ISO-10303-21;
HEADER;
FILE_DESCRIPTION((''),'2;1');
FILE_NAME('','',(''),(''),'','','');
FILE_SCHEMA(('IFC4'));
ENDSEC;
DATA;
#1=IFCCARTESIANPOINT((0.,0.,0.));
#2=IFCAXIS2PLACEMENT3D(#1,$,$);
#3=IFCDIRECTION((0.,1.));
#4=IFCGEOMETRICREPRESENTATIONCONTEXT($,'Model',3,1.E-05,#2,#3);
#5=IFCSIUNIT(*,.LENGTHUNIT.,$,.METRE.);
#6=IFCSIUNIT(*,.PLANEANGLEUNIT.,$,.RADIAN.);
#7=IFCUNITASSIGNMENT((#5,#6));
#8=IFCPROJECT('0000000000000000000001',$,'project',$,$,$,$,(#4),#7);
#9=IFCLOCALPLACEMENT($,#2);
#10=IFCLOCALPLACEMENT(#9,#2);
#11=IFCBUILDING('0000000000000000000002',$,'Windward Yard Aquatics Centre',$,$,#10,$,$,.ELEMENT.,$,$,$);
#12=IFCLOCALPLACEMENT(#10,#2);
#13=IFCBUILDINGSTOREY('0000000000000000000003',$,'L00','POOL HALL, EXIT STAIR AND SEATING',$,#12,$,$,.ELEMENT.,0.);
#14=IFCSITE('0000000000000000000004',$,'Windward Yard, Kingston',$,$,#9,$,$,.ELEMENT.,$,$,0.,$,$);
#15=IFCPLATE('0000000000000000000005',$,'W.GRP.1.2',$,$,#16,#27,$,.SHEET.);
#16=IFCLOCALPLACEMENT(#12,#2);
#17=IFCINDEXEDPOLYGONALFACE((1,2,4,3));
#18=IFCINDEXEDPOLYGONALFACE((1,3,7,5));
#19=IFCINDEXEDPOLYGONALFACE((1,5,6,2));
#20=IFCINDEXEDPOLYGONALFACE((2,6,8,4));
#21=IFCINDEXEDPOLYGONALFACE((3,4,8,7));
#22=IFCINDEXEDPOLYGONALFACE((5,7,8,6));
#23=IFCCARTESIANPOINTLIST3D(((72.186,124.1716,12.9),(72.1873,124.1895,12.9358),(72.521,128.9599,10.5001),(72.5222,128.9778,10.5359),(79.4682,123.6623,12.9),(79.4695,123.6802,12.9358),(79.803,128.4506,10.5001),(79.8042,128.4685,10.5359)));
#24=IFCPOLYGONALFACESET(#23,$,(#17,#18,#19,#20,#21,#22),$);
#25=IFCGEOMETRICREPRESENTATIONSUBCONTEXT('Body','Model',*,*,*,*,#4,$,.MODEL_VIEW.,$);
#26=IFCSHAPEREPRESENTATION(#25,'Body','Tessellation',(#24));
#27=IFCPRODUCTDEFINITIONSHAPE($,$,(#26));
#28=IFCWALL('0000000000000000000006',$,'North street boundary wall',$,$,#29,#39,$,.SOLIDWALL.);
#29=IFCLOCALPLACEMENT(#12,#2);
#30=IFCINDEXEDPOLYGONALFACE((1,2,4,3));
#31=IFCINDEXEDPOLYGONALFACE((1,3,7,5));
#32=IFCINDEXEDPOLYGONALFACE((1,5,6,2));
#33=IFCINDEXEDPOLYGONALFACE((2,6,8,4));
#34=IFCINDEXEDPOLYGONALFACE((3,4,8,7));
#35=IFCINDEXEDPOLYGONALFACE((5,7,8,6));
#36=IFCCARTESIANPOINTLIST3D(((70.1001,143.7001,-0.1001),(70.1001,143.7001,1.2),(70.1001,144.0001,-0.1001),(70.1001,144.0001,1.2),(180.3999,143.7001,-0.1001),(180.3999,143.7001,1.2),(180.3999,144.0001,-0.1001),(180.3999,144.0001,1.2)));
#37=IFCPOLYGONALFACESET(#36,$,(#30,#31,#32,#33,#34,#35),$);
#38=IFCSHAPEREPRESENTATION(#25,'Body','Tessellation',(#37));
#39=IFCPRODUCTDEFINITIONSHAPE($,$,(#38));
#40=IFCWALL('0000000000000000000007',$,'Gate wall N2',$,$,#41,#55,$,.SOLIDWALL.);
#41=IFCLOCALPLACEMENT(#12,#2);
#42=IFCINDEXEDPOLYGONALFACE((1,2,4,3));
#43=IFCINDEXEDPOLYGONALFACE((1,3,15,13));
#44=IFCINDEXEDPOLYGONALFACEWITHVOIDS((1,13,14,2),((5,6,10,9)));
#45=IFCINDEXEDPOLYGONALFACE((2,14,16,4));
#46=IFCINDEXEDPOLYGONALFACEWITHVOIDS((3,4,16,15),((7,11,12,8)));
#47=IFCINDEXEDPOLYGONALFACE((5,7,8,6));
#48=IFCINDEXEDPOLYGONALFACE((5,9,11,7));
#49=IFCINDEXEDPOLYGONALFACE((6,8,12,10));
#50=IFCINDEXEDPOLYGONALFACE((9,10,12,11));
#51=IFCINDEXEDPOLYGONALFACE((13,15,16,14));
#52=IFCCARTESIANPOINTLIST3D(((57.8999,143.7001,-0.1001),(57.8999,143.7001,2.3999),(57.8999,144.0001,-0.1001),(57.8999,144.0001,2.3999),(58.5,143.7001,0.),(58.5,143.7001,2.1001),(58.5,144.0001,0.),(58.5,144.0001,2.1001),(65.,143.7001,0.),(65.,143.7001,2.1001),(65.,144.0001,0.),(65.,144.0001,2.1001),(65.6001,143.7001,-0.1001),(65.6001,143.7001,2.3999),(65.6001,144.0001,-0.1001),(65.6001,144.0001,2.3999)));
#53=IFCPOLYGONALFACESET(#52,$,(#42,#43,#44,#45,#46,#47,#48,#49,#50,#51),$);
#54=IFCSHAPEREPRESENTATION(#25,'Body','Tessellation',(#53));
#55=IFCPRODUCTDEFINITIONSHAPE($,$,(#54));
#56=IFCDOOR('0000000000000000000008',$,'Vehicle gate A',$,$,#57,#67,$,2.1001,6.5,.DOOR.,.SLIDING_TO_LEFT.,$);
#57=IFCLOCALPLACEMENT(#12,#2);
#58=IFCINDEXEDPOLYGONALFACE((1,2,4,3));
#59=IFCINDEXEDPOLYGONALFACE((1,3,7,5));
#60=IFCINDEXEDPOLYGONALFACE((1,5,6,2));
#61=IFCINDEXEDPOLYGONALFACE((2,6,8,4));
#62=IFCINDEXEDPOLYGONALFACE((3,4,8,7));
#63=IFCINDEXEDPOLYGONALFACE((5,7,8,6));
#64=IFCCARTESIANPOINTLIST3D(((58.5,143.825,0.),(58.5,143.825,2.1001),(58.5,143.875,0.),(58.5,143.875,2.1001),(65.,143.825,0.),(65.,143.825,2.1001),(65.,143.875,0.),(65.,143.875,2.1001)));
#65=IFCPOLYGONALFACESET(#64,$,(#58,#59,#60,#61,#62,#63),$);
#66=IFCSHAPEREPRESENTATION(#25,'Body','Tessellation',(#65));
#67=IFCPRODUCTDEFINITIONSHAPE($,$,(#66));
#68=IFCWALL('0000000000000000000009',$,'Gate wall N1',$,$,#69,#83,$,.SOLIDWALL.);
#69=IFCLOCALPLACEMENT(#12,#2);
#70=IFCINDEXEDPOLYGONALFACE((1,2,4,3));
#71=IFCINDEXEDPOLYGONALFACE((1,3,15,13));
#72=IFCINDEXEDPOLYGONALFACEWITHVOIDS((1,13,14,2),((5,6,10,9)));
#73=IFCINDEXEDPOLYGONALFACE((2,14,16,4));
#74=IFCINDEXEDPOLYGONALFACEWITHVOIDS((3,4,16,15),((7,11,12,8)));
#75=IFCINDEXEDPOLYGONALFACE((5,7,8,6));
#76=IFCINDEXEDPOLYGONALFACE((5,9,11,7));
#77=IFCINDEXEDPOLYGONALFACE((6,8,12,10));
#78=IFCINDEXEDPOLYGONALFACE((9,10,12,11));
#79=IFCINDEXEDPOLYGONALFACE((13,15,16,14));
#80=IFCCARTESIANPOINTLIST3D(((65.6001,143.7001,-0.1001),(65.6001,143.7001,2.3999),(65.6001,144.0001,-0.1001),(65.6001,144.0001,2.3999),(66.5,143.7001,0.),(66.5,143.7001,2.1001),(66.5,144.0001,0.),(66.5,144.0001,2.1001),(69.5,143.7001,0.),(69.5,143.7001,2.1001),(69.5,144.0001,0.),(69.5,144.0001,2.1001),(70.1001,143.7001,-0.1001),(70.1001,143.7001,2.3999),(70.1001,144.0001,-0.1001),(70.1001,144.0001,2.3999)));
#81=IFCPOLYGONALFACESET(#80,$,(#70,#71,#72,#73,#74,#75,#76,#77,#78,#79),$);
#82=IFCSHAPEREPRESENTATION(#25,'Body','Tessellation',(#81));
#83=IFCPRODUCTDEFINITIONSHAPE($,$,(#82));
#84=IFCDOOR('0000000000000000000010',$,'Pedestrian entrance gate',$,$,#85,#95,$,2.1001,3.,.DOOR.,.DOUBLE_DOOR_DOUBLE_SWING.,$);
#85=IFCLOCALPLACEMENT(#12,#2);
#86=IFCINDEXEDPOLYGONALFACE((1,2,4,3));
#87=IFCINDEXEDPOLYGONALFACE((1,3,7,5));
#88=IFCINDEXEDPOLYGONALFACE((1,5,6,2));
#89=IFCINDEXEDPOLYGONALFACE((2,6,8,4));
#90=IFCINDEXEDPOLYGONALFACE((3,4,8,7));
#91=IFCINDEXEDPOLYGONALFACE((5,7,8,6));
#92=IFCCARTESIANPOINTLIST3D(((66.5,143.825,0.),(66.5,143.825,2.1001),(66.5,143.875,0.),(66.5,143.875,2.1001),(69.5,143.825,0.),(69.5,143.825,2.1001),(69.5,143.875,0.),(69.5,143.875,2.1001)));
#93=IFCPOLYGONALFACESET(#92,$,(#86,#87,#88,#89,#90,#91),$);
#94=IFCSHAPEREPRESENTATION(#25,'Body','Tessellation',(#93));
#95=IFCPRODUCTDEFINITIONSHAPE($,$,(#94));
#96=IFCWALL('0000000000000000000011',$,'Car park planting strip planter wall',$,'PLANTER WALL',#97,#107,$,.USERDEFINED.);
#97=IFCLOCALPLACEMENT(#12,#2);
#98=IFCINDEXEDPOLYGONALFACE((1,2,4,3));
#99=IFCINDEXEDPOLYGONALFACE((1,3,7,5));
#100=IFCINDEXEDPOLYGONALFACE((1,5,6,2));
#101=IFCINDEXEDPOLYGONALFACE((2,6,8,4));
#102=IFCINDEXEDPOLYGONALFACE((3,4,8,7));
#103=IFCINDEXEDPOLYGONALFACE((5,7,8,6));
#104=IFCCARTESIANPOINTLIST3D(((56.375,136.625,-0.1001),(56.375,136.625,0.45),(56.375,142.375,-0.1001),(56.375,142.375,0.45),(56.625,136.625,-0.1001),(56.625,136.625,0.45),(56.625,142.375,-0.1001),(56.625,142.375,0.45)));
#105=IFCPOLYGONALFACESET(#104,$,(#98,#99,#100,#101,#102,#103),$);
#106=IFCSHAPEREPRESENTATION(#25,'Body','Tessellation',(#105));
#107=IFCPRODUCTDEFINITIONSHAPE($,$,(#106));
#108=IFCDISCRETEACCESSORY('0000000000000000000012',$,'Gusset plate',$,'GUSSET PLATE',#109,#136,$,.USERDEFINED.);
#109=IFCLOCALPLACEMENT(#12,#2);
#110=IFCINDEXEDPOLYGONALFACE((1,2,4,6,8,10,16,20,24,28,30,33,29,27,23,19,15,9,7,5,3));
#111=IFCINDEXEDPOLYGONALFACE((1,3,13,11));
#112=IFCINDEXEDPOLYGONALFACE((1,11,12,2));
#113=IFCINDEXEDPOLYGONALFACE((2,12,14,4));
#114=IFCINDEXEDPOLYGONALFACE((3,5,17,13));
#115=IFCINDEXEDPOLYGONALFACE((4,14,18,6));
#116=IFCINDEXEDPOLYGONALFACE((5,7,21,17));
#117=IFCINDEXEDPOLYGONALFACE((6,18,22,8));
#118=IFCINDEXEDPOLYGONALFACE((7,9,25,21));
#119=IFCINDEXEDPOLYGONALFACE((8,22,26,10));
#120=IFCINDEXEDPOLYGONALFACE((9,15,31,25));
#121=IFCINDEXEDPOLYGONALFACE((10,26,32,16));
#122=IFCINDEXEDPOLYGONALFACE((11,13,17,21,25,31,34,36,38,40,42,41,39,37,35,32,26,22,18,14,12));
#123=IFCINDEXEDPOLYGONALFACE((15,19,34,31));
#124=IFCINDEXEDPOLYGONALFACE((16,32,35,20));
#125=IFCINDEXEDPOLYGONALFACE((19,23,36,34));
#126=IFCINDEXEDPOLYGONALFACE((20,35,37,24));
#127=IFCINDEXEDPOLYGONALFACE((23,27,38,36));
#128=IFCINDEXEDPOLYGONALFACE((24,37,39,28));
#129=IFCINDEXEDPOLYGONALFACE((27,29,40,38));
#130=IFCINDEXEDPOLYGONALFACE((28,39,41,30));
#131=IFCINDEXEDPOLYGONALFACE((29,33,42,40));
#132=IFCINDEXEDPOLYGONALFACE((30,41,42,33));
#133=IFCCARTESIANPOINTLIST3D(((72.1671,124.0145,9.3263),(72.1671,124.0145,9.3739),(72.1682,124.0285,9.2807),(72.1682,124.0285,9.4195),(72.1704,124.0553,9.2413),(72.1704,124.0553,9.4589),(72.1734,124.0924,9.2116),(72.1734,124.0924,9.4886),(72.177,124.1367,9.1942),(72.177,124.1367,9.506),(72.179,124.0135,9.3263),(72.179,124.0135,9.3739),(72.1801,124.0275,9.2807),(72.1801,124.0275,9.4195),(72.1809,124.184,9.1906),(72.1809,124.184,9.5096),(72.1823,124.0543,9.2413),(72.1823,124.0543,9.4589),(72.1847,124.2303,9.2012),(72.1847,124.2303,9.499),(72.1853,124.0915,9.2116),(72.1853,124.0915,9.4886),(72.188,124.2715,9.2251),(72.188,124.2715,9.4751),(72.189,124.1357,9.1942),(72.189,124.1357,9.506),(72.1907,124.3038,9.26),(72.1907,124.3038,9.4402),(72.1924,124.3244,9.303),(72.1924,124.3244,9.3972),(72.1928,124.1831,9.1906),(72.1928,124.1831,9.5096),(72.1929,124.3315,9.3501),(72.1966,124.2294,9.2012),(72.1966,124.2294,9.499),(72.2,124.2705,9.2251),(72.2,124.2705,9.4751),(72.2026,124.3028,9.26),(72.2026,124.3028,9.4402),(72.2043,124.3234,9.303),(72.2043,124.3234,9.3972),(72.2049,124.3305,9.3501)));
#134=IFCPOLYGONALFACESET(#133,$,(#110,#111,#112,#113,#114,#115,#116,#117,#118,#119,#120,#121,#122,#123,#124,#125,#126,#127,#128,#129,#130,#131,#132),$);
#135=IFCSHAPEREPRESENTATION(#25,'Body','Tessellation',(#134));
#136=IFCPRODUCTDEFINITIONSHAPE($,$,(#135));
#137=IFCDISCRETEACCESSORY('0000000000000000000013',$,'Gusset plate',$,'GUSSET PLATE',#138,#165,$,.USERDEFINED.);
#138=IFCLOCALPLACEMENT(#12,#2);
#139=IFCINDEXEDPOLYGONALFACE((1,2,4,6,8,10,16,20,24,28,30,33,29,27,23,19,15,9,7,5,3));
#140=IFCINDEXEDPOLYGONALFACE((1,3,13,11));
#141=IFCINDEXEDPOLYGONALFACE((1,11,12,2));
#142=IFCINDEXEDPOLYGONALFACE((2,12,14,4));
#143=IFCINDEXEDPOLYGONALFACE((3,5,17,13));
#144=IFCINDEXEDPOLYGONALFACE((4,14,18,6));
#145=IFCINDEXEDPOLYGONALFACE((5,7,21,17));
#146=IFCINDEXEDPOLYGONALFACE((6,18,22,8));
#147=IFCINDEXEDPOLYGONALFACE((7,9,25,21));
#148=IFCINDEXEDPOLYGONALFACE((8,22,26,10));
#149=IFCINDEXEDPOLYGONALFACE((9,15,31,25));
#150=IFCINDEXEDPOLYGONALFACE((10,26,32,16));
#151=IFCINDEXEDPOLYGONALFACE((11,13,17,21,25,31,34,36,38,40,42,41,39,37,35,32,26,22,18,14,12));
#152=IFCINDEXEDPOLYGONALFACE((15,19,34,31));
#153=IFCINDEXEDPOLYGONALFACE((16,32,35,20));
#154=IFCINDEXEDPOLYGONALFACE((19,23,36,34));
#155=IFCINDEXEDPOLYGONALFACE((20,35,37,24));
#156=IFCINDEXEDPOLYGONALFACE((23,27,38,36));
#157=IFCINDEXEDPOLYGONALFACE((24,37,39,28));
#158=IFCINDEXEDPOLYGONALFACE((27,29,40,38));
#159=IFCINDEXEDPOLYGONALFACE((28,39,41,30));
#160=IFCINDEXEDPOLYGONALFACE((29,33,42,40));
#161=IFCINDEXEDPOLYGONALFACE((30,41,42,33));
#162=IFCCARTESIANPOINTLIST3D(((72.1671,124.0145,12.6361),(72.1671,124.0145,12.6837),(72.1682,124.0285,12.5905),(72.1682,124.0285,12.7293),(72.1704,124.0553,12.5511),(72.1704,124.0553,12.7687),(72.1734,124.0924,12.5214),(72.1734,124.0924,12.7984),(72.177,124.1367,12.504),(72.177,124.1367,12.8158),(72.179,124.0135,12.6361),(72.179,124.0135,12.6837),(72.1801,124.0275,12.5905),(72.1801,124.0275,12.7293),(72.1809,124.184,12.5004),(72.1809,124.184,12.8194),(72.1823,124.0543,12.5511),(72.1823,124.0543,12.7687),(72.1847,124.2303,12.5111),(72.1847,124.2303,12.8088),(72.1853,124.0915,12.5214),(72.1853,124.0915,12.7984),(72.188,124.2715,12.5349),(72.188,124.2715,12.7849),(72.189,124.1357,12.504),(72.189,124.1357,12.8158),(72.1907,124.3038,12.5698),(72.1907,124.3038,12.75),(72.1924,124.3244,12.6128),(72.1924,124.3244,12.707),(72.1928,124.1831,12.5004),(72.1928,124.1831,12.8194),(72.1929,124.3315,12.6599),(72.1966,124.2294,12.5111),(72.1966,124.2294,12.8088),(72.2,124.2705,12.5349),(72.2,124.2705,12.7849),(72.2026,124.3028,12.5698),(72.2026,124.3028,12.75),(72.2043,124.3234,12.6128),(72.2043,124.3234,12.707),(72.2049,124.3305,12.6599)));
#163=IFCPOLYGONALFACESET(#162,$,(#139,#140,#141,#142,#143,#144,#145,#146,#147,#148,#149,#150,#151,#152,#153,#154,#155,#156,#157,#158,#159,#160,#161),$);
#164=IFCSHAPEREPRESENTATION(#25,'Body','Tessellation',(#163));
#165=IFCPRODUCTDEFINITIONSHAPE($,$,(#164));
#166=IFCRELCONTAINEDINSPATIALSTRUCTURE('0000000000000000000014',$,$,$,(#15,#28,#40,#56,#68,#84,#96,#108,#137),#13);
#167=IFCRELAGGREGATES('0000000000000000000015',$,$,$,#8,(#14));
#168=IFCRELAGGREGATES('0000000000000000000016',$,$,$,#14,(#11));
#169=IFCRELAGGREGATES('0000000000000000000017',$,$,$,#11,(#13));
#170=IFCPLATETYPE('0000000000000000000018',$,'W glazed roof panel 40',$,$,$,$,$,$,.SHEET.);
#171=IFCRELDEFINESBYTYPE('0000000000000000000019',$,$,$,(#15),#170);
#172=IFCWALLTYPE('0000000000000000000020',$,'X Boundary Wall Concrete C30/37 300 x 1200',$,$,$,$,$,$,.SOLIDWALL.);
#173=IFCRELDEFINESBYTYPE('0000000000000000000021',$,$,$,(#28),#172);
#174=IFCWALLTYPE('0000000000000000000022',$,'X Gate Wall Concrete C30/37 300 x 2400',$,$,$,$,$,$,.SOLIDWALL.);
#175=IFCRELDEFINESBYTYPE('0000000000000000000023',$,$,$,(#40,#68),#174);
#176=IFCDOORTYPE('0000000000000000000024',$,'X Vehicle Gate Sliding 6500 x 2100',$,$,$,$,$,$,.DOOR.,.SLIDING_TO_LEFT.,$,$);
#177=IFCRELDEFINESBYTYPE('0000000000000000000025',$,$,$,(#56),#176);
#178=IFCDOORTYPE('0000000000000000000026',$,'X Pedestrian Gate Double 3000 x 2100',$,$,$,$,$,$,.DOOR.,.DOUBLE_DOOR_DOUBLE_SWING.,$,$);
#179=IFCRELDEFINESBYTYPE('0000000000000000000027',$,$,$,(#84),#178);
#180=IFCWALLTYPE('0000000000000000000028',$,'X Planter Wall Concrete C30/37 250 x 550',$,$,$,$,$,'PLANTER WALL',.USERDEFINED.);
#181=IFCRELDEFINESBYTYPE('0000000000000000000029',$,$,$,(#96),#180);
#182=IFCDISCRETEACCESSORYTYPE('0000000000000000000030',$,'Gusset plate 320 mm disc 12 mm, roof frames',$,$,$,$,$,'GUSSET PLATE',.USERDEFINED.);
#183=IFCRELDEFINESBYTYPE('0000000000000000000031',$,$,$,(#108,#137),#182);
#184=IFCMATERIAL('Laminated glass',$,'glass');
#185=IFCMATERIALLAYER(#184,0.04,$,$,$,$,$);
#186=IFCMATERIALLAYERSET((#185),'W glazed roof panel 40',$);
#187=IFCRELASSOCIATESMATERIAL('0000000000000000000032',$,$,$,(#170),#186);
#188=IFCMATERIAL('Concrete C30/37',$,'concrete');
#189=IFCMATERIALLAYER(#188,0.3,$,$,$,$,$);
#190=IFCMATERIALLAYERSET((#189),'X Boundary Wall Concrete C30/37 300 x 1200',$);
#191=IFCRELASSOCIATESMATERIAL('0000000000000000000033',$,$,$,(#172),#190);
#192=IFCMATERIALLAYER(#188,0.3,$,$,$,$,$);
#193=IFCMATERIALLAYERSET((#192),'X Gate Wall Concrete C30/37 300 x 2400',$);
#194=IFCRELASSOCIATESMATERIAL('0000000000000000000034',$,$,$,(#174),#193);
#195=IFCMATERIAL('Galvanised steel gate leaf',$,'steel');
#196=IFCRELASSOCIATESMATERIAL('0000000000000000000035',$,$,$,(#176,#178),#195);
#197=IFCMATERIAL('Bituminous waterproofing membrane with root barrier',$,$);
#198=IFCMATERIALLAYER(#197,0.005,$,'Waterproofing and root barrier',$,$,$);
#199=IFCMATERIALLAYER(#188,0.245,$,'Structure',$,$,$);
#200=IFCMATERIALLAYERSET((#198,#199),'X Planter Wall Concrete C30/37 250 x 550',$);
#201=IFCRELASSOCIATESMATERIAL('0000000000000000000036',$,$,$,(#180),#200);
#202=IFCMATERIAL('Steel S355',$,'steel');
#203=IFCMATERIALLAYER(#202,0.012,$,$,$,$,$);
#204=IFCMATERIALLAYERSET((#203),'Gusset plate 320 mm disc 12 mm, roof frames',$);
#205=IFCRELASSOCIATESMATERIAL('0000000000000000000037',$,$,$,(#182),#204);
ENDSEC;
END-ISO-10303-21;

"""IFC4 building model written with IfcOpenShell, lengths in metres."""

from ifc_helpers import new_model, si_unit, direction, frame, frame_2d, origin, origin_2d, place, context, subcontext, project, spatial, polyline, rectangle, circle, outline, extrude, material, layer, layer_set, type_object, element, fill, save


model = new_model("IFC4")

# Units and contexts
model_context = context("Model", 3, precision=1e-05, world=origin(), true_north=direction((0.0, 1.0)))
body_context = subcontext(model_context, "Body", "Model", "MODEL_VIEW")
ifc_project = project(units=[si_unit("LENGTHUNIT", "METRE"), si_unit("PLANEANGLEUNIT", "RADIAN")], contexts=[model_context])

# Site, building, storey
site_placement = place(None, origin())
site = spatial("IfcSite", under=ifc_project, at=site_placement, Name="Windward Yard, Kingston", CompositionType="ELEMENT", RefElevation=0.0)
building_placement = place(site_placement, origin())
building = spatial("IfcBuilding", under=site, at=building_placement, Name="Windward Yard Aquatics Centre", CompositionType="ELEMENT")
storey_placement = place(building_placement, origin())
storey = spatial("IfcBuildingStorey", under=building, at=storey_placement, Name="L00", Description="POOL HALL, EXIT STAIR AND SEATING", CompositionType="ELEMENT", Elevation=0.0)

# Shared definitions
ifc_material_1 = material(Name="Steel S355", Category="steel")

# Plate
ifc_material_2 = material(Name="Laminated glass", Category="glass")
ifc_layer_1 = layer(ifc_material_2, 0.04)
ifc_layer_set_1 = layer_set([ifc_layer_1], Name="W glazed roof panel 40")
plate_type_1 = type_object("IfcPlateType", Name="W glazed roof panel 40", PredefinedType="SHEET", material=ifc_layer_set_1)
plate_1_placement = place(storey_placement, frame((72.1873, 124.1895, 12.9358), z_axis=(0.031199, 0.446108, 0.894435), x_axis=(0.997564, -0.069764, 0.0)))
element("IfcPlate", 1, at=plate_1_placement, inside=storey, type_object=plate_type_1, Name="W.GRP.1.2", PredefinedType="SHEET", context=body_context, shape_type="SweptSolid", body=[
    extrude(outline(polyline([(0.0, 0.0), (7.3, 0.0), (7.2999, 5.3665), (0.0001, 5.3665), (0.0, 0.0)])), origin(), (0.0, 0.0, -1.0), 0.04),
])

# Wall
ifc_material_3 = material(Name="Concrete C30/37", Category="concrete")
ifc_layer_2 = layer(ifc_material_3, 0.3)
ifc_layer_set_2 = layer_set([ifc_layer_2], Name="X Boundary Wall Concrete C30/37 300 x 1200")
wall_type_1 = type_object("IfcWallType", Name="X Boundary Wall Concrete C30/37 300 x 1200", PredefinedType="SOLIDWALL", material=ifc_layer_set_2)
wall_1_placement = place(storey_placement, frame((70.1001, 143.8501, -0.1001), z_axis=(0.0, 0.0, 1.0), x_axis=(1.0, 0.0, 0.0)))
element("IfcWall", 2, at=wall_1_placement, inside=storey, type_object=wall_type_1, Name="North street boundary wall", PredefinedType="SOLIDWALL", context=body_context, shape_type="SweptSolid", body=[
    extrude(rectangle(XDim=110.2998, YDim=0.3, at=frame_2d((55.1499, 0.0))), origin(), (0.0, 0.0, 1.0), 1.3),
])

# Walls, openings, doors
ifc_layer_3 = layer(ifc_material_3, 0.3)
ifc_layer_set_3 = layer_set([ifc_layer_3], Name="X Gate Wall Concrete C30/37 300 x 2400")
wall_type_2 = type_object("IfcWallType", Name="X Gate Wall Concrete C30/37 300 x 2400", PredefinedType="SOLIDWALL", material=ifc_layer_set_3)
wall_2_placement = place(storey_placement, frame((57.8999, 143.8501, -0.1001), z_axis=(0.0, 0.0, 1.0), x_axis=(1.0, 0.0, 0.0)))
wall_2 = element("IfcWall", 3, at=wall_2_placement, inside=storey, type_object=wall_type_2, Name="Gate wall N2", PredefinedType="SOLIDWALL", context=body_context, shape_type="SweptSolid", body=[
    extrude(rectangle(XDim=7.7002, YDim=0.3, at=frame_2d((3.8501, 0.0))), origin(), (0.0, 0.0, 1.0), 2.5),
])
opening_1_placement = place(wall_2_placement, frame((0.6001, 0.0, 0.1001)))
opening_1 = element("IfcOpeningElement", 4, at=opening_1_placement, cuts=wall_2, PredefinedType="OPENING", context=body_context, shape_type="SweptSolid", body=[
    extrude(rectangle(XDim=6.5, YDim=2.1001, at=frame_2d((3.25, 1.05))), frame((0.0, 0.1602, 0.0), z_axis=(0.0, -1.0, 0.0), x_axis=(1.0, 0.0, 0.0)), (0.0, 0.0, 1.0), 0.3201),
])
ifc_material_4 = material(Name="Galvanised steel gate leaf", Category="steel")
door_type_1 = type_object("IfcDoorType", Name="X Vehicle Gate Sliding 6500 x 2100", OperationType="SLIDING_TO_LEFT", PredefinedType="DOOR", material=ifc_material_4)
door_1_placement = place(opening_1_placement, origin())
door_1 = element("IfcDoor", 5, at=door_1_placement, inside=storey, type_object=door_type_1, Name="Vehicle gate A", OperationType="SLIDING_TO_LEFT", OverallHeight=2.1001, OverallWidth=6.5, PredefinedType="DOOR", context=body_context, shape_type="SweptSolid", body=[
    extrude(rectangle(XDim=6.5, YDim=2.1001, at=frame_2d((3.25, 1.05))), frame((0.0, 0.0249, 0.0), z_axis=(0.0, -1.0, 0.0), x_axis=(1.0, 0.0, 0.0)), (0.0, 0.0, 1.0), 0.05),
])
fill(opening_1, door_1)
wall_3_placement = place(storey_placement, frame((65.6001, 143.8501, -0.1001), z_axis=(0.0, 0.0, 1.0), x_axis=(1.0, 0.0, 0.0)))
wall_3 = element("IfcWall", 6, at=wall_3_placement, inside=storey, type_object=wall_type_2, Name="Gate wall N1", PredefinedType="SOLIDWALL", context=body_context, shape_type="SweptSolid", body=[
    extrude(rectangle(XDim=4.5, YDim=0.3, at=frame_2d((2.25, 0.0))), origin(), (0.0, 0.0, 1.0), 2.5),
])
opening_2_placement = place(wall_3_placement, frame((0.8999, 0.0, 0.1001)))
opening_2 = element("IfcOpeningElement", 7, at=opening_2_placement, cuts=wall_3, PredefinedType="OPENING", context=body_context, shape_type="SweptSolid", body=[
    extrude(rectangle(XDim=3.0, YDim=2.1001, at=frame_2d((1.5, 1.05))), frame((0.0, 0.1602, 0.0), z_axis=(0.0, -1.0, 0.0), x_axis=(1.0, 0.0, 0.0)), (0.0, 0.0, 1.0), 0.3201),
])
door_type_2 = type_object("IfcDoorType", Name="X Pedestrian Gate Double 3000 x 2100", OperationType="DOUBLE_DOOR_DOUBLE_SWING", PredefinedType="DOOR", material=ifc_material_4)
door_2_placement = place(opening_2_placement, origin())
door_2 = element("IfcDoor", 8, at=door_2_placement, inside=storey, type_object=door_type_2, Name="Pedestrian entrance gate", OperationType="DOUBLE_DOOR_DOUBLE_SWING", OverallHeight=2.1001, OverallWidth=3.0, PredefinedType="DOOR", context=body_context, shape_type="SweptSolid", body=[
    extrude(rectangle(XDim=3.0, YDim=2.1001, at=frame_2d((1.5, 1.05))), frame((0.0, 0.0249, 0.0), z_axis=(0.0, -1.0, 0.0), x_axis=(1.0, 0.0, 0.0)), (0.0, 0.0, 1.0), 0.05),
])
fill(opening_2, door_2)

# Wall
ifc_material_5 = material(Name="Bituminous waterproofing membrane with root barrier")
ifc_layer_4 = layer(ifc_material_5, 0.005, Name="Waterproofing and root barrier")
ifc_layer_5 = layer(ifc_material_3, 0.245, Name="Structure")
ifc_layer_set_4 = layer_set([ifc_layer_4, ifc_layer_5], Name="X Planter Wall Concrete C30/37 250 x 550")
wall_type_3 = type_object("IfcWallType", Name="X Planter Wall Concrete C30/37 250 x 550", ElementType="PLANTER WALL", PredefinedType="USERDEFINED", material=ifc_layer_set_4)
wall_4_placement = place(storey_placement, frame((56.5, 136.625, -0.1001), z_axis=(0.0, 0.0, 1.0), x_axis=(0.0, 1.0, 0.0)))
element("IfcWall", 9, at=wall_4_placement, inside=storey, type_object=wall_type_3, Name="Car park planting strip planter wall", ObjectType="PLANTER WALL", PredefinedType="USERDEFINED", context=body_context, shape_type="SweptSolid", body=[
    extrude(rectangle(XDim=5.75, YDim=0.25, at=frame_2d((2.875, 0.0))), origin(), (0.0, 0.0, 1.0), 0.55),
])

# Discrete accessories
ifc_layer_6 = layer(ifc_material_1, 0.012)
ifc_layer_set_5 = layer_set([ifc_layer_6], Name="Gusset plate 320 mm disc 12 mm, roof frames")
discrete_accessory_type = type_object("IfcDiscreteAccessoryType", Name="Gusset plate 320 mm disc 12 mm, roof frames", ElementType="GUSSET PLATE", PredefinedType="USERDEFINED", material=ifc_layer_set_5)
for number, where, z_axis, x_axis, name in (
    (10, (72.1799, 124.1721, 9.3501), (0.996685, -0.081362, 0.0), (0.081362, 0.996685, 0.0), "Gusset plate"),
    (11, (72.1799, 124.1721, 12.6599), (0.996685, -0.081362, 0.0), (0.081362, 0.996685, 0.0), "Gusset plate"),
):
    element("IfcDiscreteAccessory", number, at=place(storey_placement, frame(where, z_axis=z_axis, x_axis=x_axis)), inside=storey, type_object=discrete_accessory_type, Name=name, ObjectType="GUSSET PLATE", PredefinedType="USERDEFINED", context=body_context, shape_type="SweptSolid", body=[
        extrude(circle(Radius=0.1599, at=origin_2d()), origin(), (0.0, 0.0, 1.0), 0.012),
    ])

save(model, "model.ifc")
